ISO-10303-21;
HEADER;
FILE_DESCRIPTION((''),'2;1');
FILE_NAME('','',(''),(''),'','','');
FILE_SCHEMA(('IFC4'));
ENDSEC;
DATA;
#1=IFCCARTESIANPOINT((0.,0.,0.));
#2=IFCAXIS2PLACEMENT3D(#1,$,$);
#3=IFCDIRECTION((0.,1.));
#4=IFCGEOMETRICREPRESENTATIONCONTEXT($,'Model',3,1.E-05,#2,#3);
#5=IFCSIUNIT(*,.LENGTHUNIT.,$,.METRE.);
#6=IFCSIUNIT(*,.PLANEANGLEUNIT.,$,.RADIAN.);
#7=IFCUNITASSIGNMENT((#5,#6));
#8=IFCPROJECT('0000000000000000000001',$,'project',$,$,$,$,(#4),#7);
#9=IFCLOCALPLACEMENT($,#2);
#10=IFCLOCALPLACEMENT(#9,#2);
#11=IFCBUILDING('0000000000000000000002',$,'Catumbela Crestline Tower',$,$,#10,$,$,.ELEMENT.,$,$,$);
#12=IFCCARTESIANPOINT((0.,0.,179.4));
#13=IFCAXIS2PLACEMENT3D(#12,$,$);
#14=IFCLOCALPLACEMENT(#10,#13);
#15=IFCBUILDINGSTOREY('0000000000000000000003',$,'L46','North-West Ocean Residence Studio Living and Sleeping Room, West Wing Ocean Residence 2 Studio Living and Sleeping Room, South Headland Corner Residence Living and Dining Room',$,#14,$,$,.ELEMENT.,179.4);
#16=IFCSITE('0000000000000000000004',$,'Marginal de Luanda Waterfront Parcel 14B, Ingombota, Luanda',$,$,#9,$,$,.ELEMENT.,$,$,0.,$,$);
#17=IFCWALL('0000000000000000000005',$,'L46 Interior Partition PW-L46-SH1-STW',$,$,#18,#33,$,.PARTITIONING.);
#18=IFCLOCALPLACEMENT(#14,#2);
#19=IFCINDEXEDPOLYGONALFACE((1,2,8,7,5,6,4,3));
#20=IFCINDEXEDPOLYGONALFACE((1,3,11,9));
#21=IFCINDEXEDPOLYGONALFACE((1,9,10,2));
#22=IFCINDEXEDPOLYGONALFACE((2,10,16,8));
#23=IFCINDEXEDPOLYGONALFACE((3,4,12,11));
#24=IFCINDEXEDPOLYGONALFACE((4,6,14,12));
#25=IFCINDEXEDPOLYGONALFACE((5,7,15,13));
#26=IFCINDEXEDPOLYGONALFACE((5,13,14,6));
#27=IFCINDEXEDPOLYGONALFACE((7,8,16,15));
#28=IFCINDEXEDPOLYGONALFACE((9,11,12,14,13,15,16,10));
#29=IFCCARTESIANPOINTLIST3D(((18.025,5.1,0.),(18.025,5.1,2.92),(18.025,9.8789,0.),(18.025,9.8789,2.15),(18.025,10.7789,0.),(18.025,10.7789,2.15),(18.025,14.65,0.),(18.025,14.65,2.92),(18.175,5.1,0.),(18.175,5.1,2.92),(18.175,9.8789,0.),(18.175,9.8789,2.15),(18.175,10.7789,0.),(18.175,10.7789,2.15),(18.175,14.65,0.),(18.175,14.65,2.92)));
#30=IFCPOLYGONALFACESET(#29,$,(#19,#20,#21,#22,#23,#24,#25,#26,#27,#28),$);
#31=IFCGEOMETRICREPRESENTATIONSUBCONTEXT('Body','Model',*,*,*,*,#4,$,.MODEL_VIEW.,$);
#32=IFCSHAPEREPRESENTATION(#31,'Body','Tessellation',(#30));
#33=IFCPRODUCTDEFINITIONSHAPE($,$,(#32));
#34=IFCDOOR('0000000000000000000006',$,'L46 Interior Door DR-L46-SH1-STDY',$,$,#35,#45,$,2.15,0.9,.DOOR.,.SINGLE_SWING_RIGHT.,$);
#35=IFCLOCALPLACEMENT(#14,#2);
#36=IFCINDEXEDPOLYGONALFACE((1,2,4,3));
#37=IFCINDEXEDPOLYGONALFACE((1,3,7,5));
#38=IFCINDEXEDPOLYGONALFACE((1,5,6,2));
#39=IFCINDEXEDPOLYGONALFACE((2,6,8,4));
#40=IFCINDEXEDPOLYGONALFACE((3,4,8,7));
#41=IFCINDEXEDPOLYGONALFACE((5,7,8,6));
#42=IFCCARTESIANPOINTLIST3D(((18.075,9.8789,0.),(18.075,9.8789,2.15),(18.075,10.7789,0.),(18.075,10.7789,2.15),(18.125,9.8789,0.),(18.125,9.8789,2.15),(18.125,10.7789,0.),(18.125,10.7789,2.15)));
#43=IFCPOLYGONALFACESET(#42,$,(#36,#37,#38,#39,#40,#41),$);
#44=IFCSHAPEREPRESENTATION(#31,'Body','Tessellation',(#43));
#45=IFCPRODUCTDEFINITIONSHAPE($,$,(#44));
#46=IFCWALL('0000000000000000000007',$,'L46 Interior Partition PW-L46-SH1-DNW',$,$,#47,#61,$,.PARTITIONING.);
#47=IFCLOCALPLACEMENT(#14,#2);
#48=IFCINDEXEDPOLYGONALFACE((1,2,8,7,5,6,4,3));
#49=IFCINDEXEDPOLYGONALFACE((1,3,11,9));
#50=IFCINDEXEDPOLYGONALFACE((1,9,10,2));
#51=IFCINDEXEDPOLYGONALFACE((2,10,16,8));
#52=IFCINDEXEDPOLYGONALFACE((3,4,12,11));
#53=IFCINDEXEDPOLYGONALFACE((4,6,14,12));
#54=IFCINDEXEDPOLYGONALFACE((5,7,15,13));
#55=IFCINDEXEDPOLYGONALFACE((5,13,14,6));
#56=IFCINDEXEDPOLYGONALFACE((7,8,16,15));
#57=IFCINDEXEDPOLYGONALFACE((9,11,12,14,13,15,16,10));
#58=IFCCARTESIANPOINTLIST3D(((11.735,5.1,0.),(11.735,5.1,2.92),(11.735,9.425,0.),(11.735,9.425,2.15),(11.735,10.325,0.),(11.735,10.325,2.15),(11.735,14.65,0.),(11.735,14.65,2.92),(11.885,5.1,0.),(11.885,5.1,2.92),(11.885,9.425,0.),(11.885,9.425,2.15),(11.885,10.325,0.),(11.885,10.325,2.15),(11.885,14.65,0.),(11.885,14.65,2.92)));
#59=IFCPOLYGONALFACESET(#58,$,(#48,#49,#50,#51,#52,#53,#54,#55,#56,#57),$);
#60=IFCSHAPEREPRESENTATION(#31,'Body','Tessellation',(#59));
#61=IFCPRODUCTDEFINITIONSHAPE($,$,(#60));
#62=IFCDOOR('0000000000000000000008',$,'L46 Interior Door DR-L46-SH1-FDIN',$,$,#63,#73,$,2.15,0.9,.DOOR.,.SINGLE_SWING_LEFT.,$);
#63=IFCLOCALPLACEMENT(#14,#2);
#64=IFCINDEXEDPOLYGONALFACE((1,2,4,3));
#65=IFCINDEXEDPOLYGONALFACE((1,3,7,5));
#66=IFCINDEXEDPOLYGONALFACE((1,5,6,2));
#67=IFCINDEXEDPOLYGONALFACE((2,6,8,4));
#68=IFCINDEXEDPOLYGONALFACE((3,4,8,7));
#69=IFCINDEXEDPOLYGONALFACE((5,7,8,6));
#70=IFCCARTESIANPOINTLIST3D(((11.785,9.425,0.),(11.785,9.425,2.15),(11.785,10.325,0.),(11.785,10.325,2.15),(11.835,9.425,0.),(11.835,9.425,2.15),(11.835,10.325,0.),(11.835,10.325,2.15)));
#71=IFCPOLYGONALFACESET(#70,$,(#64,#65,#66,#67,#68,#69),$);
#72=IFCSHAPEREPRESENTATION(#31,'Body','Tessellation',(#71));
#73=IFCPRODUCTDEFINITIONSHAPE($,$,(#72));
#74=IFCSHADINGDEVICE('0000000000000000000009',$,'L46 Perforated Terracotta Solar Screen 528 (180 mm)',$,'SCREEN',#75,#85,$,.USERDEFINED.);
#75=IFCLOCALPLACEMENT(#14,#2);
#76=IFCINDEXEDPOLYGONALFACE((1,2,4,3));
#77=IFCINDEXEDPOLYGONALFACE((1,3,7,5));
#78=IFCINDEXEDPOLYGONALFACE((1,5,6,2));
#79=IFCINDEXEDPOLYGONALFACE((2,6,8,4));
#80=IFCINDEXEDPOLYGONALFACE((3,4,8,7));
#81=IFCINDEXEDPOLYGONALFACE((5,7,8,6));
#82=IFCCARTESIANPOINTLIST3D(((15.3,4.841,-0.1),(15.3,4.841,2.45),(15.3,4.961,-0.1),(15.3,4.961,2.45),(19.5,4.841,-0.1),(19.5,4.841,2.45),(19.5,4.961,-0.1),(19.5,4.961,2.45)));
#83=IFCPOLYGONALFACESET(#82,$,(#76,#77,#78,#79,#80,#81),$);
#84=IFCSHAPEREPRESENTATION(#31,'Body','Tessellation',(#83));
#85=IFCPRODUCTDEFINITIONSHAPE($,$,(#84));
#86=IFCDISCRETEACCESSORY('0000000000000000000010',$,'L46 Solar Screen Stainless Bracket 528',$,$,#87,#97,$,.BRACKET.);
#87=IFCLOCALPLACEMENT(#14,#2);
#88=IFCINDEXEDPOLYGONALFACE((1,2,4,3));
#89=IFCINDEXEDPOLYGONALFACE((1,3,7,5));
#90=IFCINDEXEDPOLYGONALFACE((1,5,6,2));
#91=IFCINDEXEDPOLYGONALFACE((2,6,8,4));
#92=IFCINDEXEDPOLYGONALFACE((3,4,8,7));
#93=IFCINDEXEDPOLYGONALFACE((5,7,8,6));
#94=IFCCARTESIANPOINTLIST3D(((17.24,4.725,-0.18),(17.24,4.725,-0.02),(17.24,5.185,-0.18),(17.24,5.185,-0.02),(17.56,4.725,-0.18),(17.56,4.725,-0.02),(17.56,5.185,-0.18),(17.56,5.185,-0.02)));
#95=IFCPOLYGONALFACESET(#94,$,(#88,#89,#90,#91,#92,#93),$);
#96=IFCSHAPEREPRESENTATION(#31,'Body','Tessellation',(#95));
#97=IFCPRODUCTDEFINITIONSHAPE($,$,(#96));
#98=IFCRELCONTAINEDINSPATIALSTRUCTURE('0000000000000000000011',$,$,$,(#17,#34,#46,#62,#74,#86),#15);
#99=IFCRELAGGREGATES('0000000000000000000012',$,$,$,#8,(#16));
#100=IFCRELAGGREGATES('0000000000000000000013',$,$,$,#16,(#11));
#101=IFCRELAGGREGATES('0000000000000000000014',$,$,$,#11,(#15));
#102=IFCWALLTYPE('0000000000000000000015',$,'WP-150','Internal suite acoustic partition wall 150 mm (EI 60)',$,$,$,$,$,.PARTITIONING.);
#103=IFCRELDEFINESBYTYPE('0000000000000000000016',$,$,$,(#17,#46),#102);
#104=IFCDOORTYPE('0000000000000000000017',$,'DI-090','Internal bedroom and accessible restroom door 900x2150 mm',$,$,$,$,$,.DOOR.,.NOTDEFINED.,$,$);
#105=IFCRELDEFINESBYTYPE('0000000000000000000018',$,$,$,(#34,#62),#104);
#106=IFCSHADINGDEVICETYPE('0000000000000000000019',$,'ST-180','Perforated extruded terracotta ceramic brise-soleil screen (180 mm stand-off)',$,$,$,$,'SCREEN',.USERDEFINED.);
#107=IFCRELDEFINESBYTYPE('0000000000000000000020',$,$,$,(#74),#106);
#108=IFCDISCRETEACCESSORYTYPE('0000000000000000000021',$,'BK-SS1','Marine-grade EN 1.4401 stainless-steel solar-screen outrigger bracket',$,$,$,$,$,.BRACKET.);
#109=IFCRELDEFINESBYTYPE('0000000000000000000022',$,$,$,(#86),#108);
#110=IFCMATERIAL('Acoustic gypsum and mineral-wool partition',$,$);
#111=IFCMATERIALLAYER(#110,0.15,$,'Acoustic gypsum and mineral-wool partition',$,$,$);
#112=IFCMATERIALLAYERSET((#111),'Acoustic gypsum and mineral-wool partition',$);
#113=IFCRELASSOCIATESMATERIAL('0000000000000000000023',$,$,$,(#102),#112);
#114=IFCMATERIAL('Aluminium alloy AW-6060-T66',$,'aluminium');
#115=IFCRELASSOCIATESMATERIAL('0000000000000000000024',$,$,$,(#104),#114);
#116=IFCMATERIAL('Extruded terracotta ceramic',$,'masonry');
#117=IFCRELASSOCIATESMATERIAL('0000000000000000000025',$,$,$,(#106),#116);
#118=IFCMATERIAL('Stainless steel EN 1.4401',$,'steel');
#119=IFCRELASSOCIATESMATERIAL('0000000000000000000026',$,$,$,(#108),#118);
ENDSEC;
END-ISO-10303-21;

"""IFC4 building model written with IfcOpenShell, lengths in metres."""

from ifc_helpers import new_model, si_unit, direction, frame, frame_2d, origin, origin_2d, place, context, subcontext, project, spatial, rectangle, extrude, material, layer, layer_set, type_object, element, fill, save


model = new_model("IFC4")

# Units and contexts
model_context = context("Model", 3, precision=1e-05, world=origin(), true_north=direction((0.0, 1.0)))
body_context = subcontext(model_context, "Body", "Model", "MODEL_VIEW")
ifc_project = project(units=[si_unit("LENGTHUNIT", "METRE"), si_unit("PLANEANGLEUNIT", "RADIAN")], contexts=[model_context])

# Site, building, storey
site_placement = place(None, origin())
site = spatial("IfcSite", under=ifc_project, at=site_placement, Name="Marginal de Luanda Waterfront Parcel 14B, Ingombota, Luanda", CompositionType="ELEMENT", RefElevation=0.0)
building_placement = place(site_placement, origin())
building = spatial("IfcBuilding", under=site, at=building_placement, Name="Catumbela Crestline Tower", CompositionType="ELEMENT")
storey_placement = place(building_placement, frame((0.0, 0.0, 179.4)))
storey = spatial("IfcBuildingStorey", under=building, at=storey_placement, Name="L46", Description="North-West Ocean Residence Studio Living and Sleeping Room, West Wing Ocean Residence 2 Studio Living and Sleeping Room, South Headland Corner Residence Living and Dining Room", CompositionType="ELEMENT", Elevation=179.4)

# Shared definitions
ifc_material_1 = material(Name="Aluminium alloy AW-6060-T66", Category="aluminium")

# Walls, openings, doors
ifc_material_2 = material(Name="Acoustic gypsum and mineral-wool partition")
ifc_layer_1 = layer(ifc_material_2, 0.15, Name="Acoustic gypsum and mineral-wool partition")
ifc_layer_set_1 = layer_set([ifc_layer_1], Name="Acoustic gypsum and mineral-wool partition")
wall_type_1 = type_object("IfcWallType", Name="WP-150", Description="Internal suite acoustic partition wall 150 mm (EI 60)", PredefinedType="PARTITIONING", material=ifc_layer_set_1)
door_type_1 = type_object("IfcDoorType", Name="DI-090", Description="Internal bedroom and accessible restroom door 900x2150 mm", OperationType="NOTDEFINED", PredefinedType="DOOR", material=ifc_material_1)
wall_1_placement = place(storey_placement, frame((18.1, 5.1, 0.0), z_axis=(0.0, 0.0, 1.0), x_axis=(0.0, 1.0, 0.0)))
wall_1 = element("IfcWall", 1, at=wall_1_placement, inside=storey, type_object=wall_type_1, Name="L46 Interior Partition PW-L46-SH1-STW", PredefinedType="PARTITIONING", context=body_context, shape_type="SweptSolid", body=[
    extrude(rectangle(XDim=9.55, YDim=0.15, at=frame_2d((4.775, 0.0))), origin(), (0.0, 0.0, 1.0), 2.92),
])
opening_1_placement = place(wall_1_placement, frame((4.7789, 0.0, 0.0)))
opening_1 = element("IfcOpeningElement", 2, at=opening_1_placement, cuts=wall_1, PredefinedType="OPENING", context=body_context, shape_type="SweptSolid", body=[
    extrude(rectangle(XDim=0.9, YDim=2.15, at=frame_2d((0.45, 1.075))), frame((0.0, 0.085, 0.0), z_axis=(0.0, -1.0, 0.0), x_axis=(1.0, 0.0, 0.0)), (0.0, 0.0, 1.0), 0.17),
])
door_1_placement = place(opening_1_placement, origin())
door_1 = element("IfcDoor", 3, at=door_1_placement, inside=storey, type_object=door_type_1, Name="L46 Interior Door DR-L46-SH1-STDY", OperationType="SINGLE_SWING_RIGHT", OverallHeight=2.15, OverallWidth=0.9, PredefinedType="DOOR", context=body_context, shape_type="SweptSolid", body=[
    extrude(rectangle(XDim=0.9, YDim=2.15, at=frame_2d((0.45, 1.075))), frame((0.0, 0.025, 0.0), z_axis=(0.0, -1.0, 0.0), x_axis=(1.0, 0.0, 0.0)), (0.0, 0.0, 1.0), 0.05),
])
fill(opening_1, door_1)
wall_2_placement = place(storey_placement, frame((11.81, 5.1, 0.0), z_axis=(0.0, 0.0, 1.0), x_axis=(0.0, 1.0, 0.0)))
wall_2 = element("IfcWall", 4, at=wall_2_placement, inside=storey, type_object=wall_type_1, Name="L46 Interior Partition PW-L46-SH1-DNW", PredefinedType="PARTITIONING", context=body_context, shape_type="SweptSolid", body=[
    extrude(rectangle(XDim=9.55, YDim=0.15, at=frame_2d((4.775, 0.0))), origin(), (0.0, 0.0, 1.0), 2.92),
])
opening_2_placement = place(wall_2_placement, frame((4.325, 0.0, 0.0)))
opening_2 = element("IfcOpeningElement", 5, at=opening_2_placement, cuts=wall_2, PredefinedType="OPENING", context=body_context, shape_type="SweptSolid", body=[
    extrude(rectangle(XDim=0.9, YDim=2.15, at=frame_2d((0.45, 1.075))), frame((0.0, 0.085, 0.0), z_axis=(0.0, -1.0, 0.0), x_axis=(1.0, 0.0, 0.0)), (0.0, 0.0, 1.0), 0.17),
])
door_2_placement = place(opening_2_placement, origin())
door_2 = element("IfcDoor", 6, at=door_2_placement, inside=storey, type_object=door_type_1, Name="L46 Interior Door DR-L46-SH1-FDIN", OperationType="SINGLE_SWING_LEFT", OverallHeight=2.15, OverallWidth=0.9, PredefinedType="DOOR", context=body_context, shape_type="SweptSolid", body=[
    extrude(rectangle(XDim=0.9, YDim=2.15, at=frame_2d((0.45, 1.075))), frame((0.0, 0.025, 0.0), z_axis=(0.0, -1.0, 0.0), x_axis=(1.0, 0.0, 0.0)), (0.0, 0.0, 1.0), 0.05),
])
fill(opening_2, door_2)

# Shared definitions
ifc_material_3 = material(Name="Stainless steel EN 1.4401", Category="steel")

# Shading device
ifc_material_4 = material(Name="Extruded terracotta ceramic", Category="masonry")
shading_device_type = type_object("IfcShadingDeviceType", Name="ST-180", Description="Perforated extruded terracotta ceramic brise-soleil screen (180 mm stand-off)", ElementType="SCREEN", PredefinedType="USERDEFINED", material=ifc_material_4)
shading_device_placement = place(storey_placement, frame((17.4, 4.901, -0.1), z_axis=(0.0, 0.0, 1.0), x_axis=(1.0, 0.0, 0.0)))
element("IfcShadingDevice", 7, at=shading_device_placement, inside=storey, type_object=shading_device_type, Name="L46 Perforated Terracotta Solar Screen 528 (180 mm)", ObjectType="SCREEN", PredefinedType="USERDEFINED", context=body_context, shape_type="SweptSolid", body=[
    extrude(rectangle(XDim=4.2, YDim=0.12, at=origin_2d()), origin(), (0.0, 0.0, 1.0), 2.55),
])

# Discrete accessory
discrete_accessory_type = type_object("IfcDiscreteAccessoryType", Name="BK-SS1", Description="Marine-grade EN 1.4401 stainless-steel solar-screen outrigger bracket", PredefinedType="BRACKET", material=ifc_material_3)
discrete_accessory_placement = place(storey_placement, frame((17.4, 4.955, -0.18), z_axis=(0.0, 0.0, 1.0), x_axis=(1.0, 0.0, 0.0)))
element("IfcDiscreteAccessory", 8, at=discrete_accessory_placement, inside=storey, type_object=discrete_accessory_type, Name="L46 Solar Screen Stainless Bracket 528", PredefinedType="BRACKET", context=body_context, shape_type="SweptSolid", body=[
    extrude(rectangle(XDim=0.32, YDim=0.46, at=origin_2d()), origin(), (0.0, 0.0, 1.0), 0.16),
])

save(model, "model.ifc")
